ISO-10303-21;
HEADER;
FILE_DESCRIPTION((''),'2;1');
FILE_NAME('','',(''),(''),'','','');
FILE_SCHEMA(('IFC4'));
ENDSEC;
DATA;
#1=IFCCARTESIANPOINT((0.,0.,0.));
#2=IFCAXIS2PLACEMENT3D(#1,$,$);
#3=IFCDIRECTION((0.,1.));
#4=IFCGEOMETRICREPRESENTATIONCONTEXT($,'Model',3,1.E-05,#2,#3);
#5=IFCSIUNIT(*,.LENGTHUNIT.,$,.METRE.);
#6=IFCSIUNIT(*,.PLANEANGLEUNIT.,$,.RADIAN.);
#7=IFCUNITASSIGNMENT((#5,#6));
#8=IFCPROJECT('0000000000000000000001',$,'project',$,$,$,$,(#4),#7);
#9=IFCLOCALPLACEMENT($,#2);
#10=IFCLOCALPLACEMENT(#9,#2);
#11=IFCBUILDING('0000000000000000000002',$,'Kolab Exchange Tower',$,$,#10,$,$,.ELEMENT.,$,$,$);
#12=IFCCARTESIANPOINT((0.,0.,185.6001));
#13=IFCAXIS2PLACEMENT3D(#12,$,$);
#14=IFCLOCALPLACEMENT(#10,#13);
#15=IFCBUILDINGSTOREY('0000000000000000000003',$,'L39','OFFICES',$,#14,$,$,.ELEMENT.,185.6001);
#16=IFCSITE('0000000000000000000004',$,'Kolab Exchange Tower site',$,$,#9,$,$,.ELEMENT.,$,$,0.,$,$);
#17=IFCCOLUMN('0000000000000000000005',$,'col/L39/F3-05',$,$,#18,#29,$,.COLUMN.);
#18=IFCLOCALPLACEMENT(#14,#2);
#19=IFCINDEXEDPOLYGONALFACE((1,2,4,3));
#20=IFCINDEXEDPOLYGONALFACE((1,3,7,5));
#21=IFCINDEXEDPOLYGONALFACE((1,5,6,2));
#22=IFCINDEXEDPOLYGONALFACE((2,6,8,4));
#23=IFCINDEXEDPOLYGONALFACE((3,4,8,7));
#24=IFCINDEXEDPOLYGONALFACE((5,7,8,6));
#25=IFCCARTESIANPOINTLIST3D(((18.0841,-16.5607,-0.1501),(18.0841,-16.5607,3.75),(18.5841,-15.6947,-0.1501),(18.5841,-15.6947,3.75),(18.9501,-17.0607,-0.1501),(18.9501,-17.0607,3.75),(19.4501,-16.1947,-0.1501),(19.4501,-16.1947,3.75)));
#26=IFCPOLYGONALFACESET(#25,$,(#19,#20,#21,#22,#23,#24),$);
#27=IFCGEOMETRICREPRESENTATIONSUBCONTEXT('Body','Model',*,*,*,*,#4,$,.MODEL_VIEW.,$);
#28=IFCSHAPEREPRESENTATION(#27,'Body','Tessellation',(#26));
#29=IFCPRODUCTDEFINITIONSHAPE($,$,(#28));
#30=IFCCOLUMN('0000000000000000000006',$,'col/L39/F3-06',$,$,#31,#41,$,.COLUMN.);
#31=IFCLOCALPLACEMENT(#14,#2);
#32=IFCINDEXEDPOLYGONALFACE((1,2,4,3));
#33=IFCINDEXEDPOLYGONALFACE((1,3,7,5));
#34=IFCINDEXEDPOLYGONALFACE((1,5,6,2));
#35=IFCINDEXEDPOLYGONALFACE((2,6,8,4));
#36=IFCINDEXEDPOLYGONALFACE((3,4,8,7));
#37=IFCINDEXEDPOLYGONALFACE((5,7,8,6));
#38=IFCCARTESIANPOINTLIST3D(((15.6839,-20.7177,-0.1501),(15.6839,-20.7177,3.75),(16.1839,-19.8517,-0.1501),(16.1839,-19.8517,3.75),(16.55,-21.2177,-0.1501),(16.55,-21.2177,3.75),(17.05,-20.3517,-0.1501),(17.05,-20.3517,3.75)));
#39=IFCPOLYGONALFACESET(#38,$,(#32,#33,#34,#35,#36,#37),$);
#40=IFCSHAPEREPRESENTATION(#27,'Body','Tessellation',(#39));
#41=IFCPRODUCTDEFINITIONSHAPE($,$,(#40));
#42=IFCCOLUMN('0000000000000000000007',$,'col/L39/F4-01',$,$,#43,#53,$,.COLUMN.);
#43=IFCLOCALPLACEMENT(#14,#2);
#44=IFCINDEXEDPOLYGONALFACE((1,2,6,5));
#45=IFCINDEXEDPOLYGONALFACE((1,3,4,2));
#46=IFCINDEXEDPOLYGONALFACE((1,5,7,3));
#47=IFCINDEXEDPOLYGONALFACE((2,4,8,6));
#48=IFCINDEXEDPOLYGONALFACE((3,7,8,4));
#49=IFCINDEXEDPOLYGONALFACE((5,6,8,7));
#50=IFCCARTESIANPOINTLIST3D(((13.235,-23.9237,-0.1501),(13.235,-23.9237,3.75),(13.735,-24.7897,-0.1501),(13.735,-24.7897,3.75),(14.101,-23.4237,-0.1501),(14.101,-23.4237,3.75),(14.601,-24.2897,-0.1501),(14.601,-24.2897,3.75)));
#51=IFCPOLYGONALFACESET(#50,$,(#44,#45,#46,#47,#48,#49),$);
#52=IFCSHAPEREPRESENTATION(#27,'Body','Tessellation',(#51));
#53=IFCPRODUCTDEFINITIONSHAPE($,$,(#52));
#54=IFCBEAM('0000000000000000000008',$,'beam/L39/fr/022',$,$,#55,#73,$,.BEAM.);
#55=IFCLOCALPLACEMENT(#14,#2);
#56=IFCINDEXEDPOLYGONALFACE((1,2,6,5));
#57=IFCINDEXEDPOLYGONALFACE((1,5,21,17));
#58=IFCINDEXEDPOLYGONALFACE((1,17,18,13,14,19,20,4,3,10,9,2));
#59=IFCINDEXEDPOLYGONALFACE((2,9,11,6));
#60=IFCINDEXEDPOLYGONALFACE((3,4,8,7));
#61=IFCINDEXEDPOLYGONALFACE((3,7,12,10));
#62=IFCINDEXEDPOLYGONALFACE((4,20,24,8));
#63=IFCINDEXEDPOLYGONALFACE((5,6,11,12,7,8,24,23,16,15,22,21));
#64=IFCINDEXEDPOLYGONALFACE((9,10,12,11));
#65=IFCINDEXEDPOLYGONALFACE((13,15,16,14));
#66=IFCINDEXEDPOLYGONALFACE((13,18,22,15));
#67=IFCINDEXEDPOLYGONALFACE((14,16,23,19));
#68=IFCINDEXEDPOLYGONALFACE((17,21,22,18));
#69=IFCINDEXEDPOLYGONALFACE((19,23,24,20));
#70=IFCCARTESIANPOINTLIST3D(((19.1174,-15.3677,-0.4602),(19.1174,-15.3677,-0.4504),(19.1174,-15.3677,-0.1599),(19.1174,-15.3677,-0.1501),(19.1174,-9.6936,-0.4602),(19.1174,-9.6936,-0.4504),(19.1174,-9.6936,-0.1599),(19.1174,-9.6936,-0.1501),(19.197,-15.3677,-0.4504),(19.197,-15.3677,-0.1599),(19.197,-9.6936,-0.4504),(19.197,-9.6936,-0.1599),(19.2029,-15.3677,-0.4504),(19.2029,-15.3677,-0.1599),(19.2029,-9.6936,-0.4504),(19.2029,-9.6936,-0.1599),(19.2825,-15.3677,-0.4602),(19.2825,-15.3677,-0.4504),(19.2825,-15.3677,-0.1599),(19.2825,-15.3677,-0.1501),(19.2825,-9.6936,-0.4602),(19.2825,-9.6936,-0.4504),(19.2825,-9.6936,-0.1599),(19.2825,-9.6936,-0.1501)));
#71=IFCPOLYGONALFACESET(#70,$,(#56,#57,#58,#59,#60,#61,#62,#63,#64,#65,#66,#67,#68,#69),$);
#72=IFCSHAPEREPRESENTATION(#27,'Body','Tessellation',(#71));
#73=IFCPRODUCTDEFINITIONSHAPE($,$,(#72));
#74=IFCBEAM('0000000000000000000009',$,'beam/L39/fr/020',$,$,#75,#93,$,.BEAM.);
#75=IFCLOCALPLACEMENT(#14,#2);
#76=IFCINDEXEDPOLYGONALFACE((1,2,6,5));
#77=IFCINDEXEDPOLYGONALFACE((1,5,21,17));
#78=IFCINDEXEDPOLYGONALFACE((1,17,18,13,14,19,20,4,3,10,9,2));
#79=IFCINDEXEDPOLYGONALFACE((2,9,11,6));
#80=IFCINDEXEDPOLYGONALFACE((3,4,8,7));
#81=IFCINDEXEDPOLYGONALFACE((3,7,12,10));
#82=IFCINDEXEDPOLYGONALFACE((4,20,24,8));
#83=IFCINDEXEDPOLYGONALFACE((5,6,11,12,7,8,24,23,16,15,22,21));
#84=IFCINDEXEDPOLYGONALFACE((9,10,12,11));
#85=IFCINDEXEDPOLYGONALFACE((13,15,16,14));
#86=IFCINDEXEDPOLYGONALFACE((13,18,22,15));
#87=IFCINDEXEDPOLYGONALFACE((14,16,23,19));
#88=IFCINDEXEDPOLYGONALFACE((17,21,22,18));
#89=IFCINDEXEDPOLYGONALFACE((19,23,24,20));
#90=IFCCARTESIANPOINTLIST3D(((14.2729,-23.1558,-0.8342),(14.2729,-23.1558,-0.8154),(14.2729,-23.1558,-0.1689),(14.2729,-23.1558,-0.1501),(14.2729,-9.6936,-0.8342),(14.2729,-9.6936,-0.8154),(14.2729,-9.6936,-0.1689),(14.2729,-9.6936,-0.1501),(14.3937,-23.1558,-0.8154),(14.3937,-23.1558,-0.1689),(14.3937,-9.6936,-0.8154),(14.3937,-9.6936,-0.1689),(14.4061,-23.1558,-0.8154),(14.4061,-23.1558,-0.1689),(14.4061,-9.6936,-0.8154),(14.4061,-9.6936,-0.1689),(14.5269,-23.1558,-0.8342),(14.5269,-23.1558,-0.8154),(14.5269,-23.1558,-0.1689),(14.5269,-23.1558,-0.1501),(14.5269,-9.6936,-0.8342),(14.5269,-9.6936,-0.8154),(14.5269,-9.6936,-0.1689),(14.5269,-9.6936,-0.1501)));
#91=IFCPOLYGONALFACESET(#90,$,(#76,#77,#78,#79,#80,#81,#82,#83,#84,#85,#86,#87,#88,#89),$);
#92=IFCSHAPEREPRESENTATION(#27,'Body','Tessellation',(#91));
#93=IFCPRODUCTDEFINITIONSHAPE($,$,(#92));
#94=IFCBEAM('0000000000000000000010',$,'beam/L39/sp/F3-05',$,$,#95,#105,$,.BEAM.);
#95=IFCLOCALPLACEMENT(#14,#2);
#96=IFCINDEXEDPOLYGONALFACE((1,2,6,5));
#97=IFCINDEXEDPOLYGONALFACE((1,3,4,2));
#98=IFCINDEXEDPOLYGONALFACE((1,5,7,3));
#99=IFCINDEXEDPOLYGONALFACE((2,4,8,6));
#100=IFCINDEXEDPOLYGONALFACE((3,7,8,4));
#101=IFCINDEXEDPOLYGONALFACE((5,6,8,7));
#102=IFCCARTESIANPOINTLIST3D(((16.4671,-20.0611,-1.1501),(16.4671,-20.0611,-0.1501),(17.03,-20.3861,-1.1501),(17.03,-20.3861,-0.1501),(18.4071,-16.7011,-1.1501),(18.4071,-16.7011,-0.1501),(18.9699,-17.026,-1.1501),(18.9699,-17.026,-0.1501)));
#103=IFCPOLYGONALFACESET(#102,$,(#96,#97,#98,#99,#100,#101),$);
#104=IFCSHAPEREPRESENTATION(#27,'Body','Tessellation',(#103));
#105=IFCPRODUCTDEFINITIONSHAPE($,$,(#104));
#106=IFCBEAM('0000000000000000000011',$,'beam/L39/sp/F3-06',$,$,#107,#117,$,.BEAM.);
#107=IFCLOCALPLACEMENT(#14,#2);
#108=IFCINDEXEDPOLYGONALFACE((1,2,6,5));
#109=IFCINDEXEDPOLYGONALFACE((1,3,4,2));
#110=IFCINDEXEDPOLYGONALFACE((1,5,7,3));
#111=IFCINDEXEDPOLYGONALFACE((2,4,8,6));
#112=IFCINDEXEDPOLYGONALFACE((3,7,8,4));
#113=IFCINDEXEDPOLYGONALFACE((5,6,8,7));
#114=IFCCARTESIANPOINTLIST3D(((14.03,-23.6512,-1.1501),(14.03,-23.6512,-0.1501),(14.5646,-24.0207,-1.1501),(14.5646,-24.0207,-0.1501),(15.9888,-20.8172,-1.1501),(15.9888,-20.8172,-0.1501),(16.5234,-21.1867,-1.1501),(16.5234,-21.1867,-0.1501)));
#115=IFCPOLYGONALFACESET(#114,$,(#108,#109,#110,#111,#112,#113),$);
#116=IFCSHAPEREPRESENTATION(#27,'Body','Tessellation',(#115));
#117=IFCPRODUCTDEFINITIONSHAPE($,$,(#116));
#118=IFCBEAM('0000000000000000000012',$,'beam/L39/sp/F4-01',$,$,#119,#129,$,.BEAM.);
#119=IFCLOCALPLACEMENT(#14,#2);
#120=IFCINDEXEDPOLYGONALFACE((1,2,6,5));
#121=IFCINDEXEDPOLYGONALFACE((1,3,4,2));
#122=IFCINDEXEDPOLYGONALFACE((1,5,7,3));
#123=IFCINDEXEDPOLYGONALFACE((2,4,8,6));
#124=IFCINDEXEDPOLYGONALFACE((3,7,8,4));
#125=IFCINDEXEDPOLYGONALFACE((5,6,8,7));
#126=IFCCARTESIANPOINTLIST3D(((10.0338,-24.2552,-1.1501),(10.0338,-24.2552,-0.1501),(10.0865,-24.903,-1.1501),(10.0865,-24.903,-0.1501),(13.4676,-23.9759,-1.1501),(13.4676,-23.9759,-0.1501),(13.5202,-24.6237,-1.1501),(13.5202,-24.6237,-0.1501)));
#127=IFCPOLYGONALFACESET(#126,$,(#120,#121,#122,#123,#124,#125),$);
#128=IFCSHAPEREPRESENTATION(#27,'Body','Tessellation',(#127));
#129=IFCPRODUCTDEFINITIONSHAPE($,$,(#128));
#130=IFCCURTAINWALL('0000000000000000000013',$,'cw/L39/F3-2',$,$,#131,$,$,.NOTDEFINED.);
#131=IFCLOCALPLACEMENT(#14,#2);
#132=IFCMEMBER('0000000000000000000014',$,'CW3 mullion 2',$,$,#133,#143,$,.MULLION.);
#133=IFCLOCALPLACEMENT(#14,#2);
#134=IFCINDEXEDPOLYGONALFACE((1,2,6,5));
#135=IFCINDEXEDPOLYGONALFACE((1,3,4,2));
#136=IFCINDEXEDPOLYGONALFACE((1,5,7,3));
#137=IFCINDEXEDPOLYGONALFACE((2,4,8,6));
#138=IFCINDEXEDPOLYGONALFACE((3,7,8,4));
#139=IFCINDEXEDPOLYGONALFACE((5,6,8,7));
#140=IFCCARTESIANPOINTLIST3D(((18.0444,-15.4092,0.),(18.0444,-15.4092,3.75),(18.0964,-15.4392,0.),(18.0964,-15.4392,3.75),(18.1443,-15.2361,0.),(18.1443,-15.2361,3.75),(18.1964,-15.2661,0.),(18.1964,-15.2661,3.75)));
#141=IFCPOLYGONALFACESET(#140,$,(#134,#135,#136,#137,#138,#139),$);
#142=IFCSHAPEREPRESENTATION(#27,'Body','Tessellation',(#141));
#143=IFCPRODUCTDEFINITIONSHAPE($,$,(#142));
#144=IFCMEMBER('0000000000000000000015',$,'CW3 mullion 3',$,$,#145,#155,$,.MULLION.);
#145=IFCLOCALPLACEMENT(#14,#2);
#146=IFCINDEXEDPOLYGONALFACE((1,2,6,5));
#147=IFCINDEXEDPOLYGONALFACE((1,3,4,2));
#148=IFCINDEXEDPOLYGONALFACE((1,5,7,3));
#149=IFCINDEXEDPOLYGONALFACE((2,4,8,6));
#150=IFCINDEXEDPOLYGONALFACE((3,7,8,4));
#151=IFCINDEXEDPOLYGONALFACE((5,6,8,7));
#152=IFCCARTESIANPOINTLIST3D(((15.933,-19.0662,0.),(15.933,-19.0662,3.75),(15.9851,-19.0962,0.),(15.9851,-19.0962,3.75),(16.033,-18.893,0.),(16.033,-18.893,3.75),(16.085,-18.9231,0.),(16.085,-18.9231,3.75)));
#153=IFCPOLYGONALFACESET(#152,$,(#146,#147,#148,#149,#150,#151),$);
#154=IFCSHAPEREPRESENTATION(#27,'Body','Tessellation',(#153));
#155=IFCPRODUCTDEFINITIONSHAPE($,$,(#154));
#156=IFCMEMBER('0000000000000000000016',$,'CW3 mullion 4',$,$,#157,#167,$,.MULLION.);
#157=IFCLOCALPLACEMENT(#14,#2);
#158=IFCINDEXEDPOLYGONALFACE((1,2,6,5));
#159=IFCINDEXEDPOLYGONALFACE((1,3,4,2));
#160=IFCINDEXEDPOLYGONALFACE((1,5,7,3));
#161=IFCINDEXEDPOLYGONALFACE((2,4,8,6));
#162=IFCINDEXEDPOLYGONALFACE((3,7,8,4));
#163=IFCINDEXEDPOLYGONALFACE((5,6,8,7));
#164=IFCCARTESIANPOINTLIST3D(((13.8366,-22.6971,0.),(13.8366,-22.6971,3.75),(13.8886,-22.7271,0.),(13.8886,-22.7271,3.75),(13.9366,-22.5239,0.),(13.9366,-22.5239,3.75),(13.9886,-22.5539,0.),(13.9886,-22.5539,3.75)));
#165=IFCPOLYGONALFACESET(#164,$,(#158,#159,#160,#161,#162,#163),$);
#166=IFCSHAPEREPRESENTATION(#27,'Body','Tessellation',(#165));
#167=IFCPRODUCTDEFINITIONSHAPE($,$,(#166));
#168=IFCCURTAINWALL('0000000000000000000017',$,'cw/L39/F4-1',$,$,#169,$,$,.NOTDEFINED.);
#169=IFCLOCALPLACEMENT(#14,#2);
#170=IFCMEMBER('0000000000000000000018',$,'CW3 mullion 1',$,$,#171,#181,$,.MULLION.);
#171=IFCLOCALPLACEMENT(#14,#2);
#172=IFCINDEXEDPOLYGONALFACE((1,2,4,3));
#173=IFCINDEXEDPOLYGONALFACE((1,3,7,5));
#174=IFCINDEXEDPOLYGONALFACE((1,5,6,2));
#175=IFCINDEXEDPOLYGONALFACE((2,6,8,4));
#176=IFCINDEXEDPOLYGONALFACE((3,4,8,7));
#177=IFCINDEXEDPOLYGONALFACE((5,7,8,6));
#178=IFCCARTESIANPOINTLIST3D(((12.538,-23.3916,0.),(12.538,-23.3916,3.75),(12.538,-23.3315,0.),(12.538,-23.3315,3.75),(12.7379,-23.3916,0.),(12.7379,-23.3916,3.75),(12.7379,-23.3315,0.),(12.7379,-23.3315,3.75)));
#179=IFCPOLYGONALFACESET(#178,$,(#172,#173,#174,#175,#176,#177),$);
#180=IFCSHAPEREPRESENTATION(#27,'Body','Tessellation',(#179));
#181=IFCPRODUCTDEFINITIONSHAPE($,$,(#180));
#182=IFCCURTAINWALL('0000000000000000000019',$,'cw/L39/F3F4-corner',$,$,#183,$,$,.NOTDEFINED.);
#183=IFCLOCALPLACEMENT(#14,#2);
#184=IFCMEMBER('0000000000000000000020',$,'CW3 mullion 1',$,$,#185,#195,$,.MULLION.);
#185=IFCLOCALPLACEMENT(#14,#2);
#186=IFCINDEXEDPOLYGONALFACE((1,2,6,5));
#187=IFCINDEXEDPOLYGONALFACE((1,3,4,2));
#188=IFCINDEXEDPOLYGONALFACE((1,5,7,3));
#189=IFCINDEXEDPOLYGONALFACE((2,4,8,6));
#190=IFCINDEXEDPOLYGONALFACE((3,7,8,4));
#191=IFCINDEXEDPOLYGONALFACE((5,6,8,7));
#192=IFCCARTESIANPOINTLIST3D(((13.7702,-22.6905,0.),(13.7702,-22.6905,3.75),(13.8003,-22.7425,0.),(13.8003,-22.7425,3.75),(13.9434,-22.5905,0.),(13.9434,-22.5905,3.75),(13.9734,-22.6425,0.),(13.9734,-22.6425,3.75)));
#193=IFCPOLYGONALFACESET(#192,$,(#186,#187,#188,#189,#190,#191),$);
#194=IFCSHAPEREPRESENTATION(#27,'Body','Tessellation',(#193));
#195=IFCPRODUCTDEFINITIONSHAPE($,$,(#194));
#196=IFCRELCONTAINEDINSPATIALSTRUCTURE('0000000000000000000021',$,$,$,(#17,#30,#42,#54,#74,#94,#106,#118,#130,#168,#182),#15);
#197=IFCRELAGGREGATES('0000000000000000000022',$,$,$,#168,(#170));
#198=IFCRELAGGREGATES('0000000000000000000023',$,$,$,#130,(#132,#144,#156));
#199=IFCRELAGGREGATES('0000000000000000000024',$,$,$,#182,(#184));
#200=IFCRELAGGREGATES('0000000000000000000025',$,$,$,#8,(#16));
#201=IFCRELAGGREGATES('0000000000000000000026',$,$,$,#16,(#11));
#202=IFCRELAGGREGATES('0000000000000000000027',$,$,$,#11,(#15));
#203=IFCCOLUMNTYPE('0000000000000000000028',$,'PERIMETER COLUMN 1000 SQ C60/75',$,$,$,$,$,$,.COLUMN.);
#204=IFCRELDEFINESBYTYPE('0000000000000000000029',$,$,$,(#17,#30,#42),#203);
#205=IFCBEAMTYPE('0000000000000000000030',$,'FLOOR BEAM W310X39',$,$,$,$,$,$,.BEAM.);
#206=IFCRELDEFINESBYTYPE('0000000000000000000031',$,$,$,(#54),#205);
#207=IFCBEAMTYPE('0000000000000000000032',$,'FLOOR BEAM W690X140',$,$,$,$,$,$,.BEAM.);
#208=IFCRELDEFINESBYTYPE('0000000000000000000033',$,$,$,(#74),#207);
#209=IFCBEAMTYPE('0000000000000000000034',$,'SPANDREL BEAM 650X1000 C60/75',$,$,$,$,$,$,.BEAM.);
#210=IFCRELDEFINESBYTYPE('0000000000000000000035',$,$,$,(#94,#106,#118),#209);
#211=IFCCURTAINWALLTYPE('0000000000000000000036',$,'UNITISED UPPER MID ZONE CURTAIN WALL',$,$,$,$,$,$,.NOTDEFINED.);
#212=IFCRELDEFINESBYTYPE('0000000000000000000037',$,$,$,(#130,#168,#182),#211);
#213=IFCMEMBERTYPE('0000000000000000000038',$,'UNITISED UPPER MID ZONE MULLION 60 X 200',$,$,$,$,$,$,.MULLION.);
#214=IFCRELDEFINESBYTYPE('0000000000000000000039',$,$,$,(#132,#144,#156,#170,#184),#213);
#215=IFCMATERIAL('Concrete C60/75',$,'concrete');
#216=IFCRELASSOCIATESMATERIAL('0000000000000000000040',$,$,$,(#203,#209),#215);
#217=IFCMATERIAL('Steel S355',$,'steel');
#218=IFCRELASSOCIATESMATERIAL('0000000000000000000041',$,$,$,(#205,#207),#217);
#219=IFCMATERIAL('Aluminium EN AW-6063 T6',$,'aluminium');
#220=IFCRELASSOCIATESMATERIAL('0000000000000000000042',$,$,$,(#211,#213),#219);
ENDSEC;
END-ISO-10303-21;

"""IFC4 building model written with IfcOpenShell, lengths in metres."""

from ifc_helpers import new_model, si_unit, direction, frame, origin, origin_2d, place, context, subcontext, project, spatial, rectangle, i_section, extrude, material, material_profile, profile_set, type_object, element, aggregate, save


model = new_model("IFC4")

# Units and contexts
model_context = context("Model", 3, precision=1e-05, world=origin(), true_north=direction((0.0, 1.0)))
body_context = subcontext(model_context, "Body", "Model", "MODEL_VIEW")
ifc_project = project(units=[si_unit("LENGTHUNIT", "METRE"), si_unit("PLANEANGLEUNIT", "RADIAN")], contexts=[model_context])

# Site, building, storey
site_placement = place(None, origin())
site = spatial("IfcSite", under=ifc_project, at=site_placement, Name="Kolab Exchange Tower site", CompositionType="ELEMENT", RefElevation=0.0)
building_placement = place(site_placement, origin())
building = spatial("IfcBuilding", under=site, at=building_placement, Name="Kolab Exchange Tower", CompositionType="ELEMENT")
storey_placement = place(building_placement, frame((0.0, 0.0, 185.6001)))
storey = spatial("IfcBuildingStorey", under=building, at=storey_placement, Name="L39", Description="OFFICES", CompositionType="ELEMENT", Elevation=185.6001)

# Columns
ifc_material_1 = material(Name="Concrete C60/75", Category="concrete")
ifc_material_profile_1 = material_profile(ifc_material_1, rectangle(XDim=1.0, YDim=1.0, at=origin_2d()), Name="RC1000")
ifc_profile_set_1 = profile_set([ifc_material_profile_1], Name="Concrete C60/75")
column_type = type_object("IfcColumnType", Name="PERIMETER COLUMN 1000 SQ C60/75", PredefinedType="COLUMN", material=ifc_profile_set_1)
for number, where, z_axis, x_axis, name in (
    (1, (18.7671, -16.3777, -0.1501), (0.0, 0.0, 1.0), (0.5, 0.866025, 0.0), "col/L39/F3-05"),
    (2, (16.3669, -20.5347, -0.1501), (0.0, 0.0, 1.0), (0.5, 0.866025, 0.0), "col/L39/F3-06"),
    (3, (13.918, -24.1067, -0.1501), (0.0, 0.0, 1.0), (0.866025, 0.5, 0.0), "col/L39/F4-01"),
):
    element("IfcColumn", number, at=place(storey_placement, frame(where, z_axis=z_axis, x_axis=x_axis)), inside=storey, type_object=column_type, Name=name, PredefinedType="COLUMN", context=body_context, shape_type="SweptSolid", body=[
        extrude(rectangle(XDim=1.0, YDim=1.0, at=origin_2d()), origin(), (0.0, 0.0, 1.0), 3.9001),
    ])

# Beams
ifc_material_2 = material(Name="Steel S355", Category="steel")
ifc_material_profile_2 = material_profile(ifc_material_2, i_section(OverallWidth=0.165, OverallDepth=0.3101, WebThickness=0.0059, FlangeThickness=0.0098, at=origin_2d()), Name="W310X39")
ifc_profile_set_2 = profile_set([ifc_material_profile_2], Name="Steel S355")
beam_type_1 = type_object("IfcBeamType", Name="FLOOR BEAM W310X39", PredefinedType="BEAM", material=ifc_profile_set_2)
beam_1_placement = place(storey_placement, frame((19.2, -15.3677, -0.3052), z_axis=(0.0, 1.0, 0.0), x_axis=(-1.0, 0.0, 0.0)))
element("IfcBeam", 4, at=beam_1_placement, inside=storey, type_object=beam_type_1, Name="beam/L39/fr/022", PredefinedType="BEAM", context=body_context, shape_type="SweptSolid", body=[
    extrude(i_section(OverallWidth=0.165, OverallDepth=0.3101, WebThickness=0.0059, FlangeThickness=0.0098, at=origin_2d()), origin(), (0.0, 0.0, 1.0), 5.6741),
])
ifc_material_profile_3 = material_profile(ifc_material_2, i_section(OverallWidth=0.2539, OverallDepth=0.6841, WebThickness=0.0125, FlangeThickness=0.0188, at=origin_2d()), Name="W690X140")
ifc_profile_set_3 = profile_set([ifc_material_profile_3], Name="Steel S355")
beam_type_2 = type_object("IfcBeamType", Name="FLOOR BEAM W690X140", PredefinedType="BEAM", material=ifc_profile_set_3)
beam_2_placement = place(storey_placement, frame((14.3999, -23.1558, -0.4922), z_axis=(0.0, 1.0, 0.0), x_axis=(-1.0, 0.0, 0.0)))
element("IfcBeam", 5, at=beam_2_placement, inside=storey, type_object=beam_type_2, Name="beam/L39/fr/020", PredefinedType="BEAM", context=body_context, shape_type="SweptSolid", body=[
    extrude(i_section(OverallWidth=0.2539, OverallDepth=0.6841, WebThickness=0.0125, FlangeThickness=0.0188, at=origin_2d()), origin(), (0.0, 0.0, 1.0), 13.4622),
])
ifc_material_profile_4 = material_profile(ifc_material_1, rectangle(XDim=0.6499, YDim=1.0, at=origin_2d()), Name="RC650X1000")
ifc_profile_set_4 = profile_set([ifc_material_profile_4], Name="Concrete C60/75")
beam_type_3 = type_object("IfcBeamType", Name="SPANDREL BEAM 650X1000 C60/75", PredefinedType="BEAM", material=ifc_profile_set_4)
beam_3_placement = place(storey_placement, frame((18.6885, -16.8635, -0.6501), z_axis=(-0.499997, -0.866027, 0.0), x_axis=(0.866027, -0.499997, 0.0)))
element("IfcBeam", 6, at=beam_3_placement, inside=storey, type_object=beam_type_3, Name="beam/L39/sp/F3-05", PredefinedType="BEAM", context=body_context, shape_type="SweptSolid", body=[
    extrude(rectangle(XDim=0.6499, YDim=1.0, at=origin_2d()), origin(), (0.0, 0.0, 1.0), 3.8799),
])
for number, where, z_axis, x_axis, name in (
    (7, (16.2561, -21.002, -0.6501), (-0.568572, -0.822633, 0.0), (0.822633, -0.568572, 0.0), "beam/L39/sp/F3-06"),
    (8, (13.4939, -24.2998, -0.6501), (-0.996708, -0.081069, 0.0), (0.081069, -0.996708, 0.0), "beam/L39/sp/F4-01"),
):
    element("IfcBeam", number, at=place(storey_placement, frame(where, z_axis=z_axis, x_axis=x_axis)), inside=storey, type_object=beam_type_3, Name=name, PredefinedType="BEAM", context=body_context, shape_type="SweptSolid", body=[
        extrude(rectangle(XDim=0.6499, YDim=1.0, at=origin_2d()), origin(), (0.0, 0.0, 1.0), 3.4451),
    ])

# Curtain wall, members
ifc_material_3 = material(Name="Aluminium EN AW-6063 T6", Category="aluminium")
curtain_wall_type = type_object("IfcCurtainWallType", Name="UNITISED UPPER MID ZONE CURTAIN WALL", PredefinedType="NOTDEFINED", material=ifc_material_3)
curtain_wall_1_placement = place(storey_placement, origin())
curtain_wall_1 = element("IfcCurtainWall", 9, at=curtain_wall_1_placement, inside=storey, type_object=curtain_wall_type, Name="cw/L39/F3-2", PredefinedType="NOTDEFINED")
ifc_material_profile_5 = material_profile(ifc_material_3, rectangle(XDim=0.0601, YDim=0.2, at=origin_2d()), Name="RECT 60X200")
ifc_profile_set_5 = profile_set([ifc_material_profile_5], Name="Aluminium EN AW-6063 T6")
member_type_1 = type_object("IfcMemberType", Name="UNITISED UPPER MID ZONE MULLION 60 X 200", PredefinedType="MULLION", material=ifc_profile_set_5)
member_1_placement = place(storey_placement, frame((18.1204, -15.3376, 0.0), z_axis=(0.0, 0.0, 1.0), x_axis=(0.866025, -0.5, 0.0)))
member_1 = element("IfcMember", 10, at=member_1_placement, type_object=member_type_1, Name="CW3 mullion 2", PredefinedType="MULLION", context=body_context, shape_type="SweptSolid", body=[
    extrude(rectangle(XDim=0.0601, YDim=0.2, at=origin_2d()), origin(), (0.0, 0.0, 1.0), 3.75),
])
member_2_placement = place(storey_placement, frame((16.009, -18.9946, 0.0), z_axis=(0.0, 0.0, 1.0), x_axis=(0.866025, -0.5, 0.0)))
member_2 = element("IfcMember", 11, at=member_2_placement, type_object=member_type_1, Name="CW3 mullion 3", PredefinedType="MULLION", context=body_context, shape_type="SweptSolid", body=[
    extrude(rectangle(XDim=0.0601, YDim=0.2, at=origin_2d()), origin(), (0.0, 0.0, 1.0), 3.75),
])
member_3_placement = place(storey_placement, frame((13.9126, -22.6255, 0.0), z_axis=(0.0, 0.0, 1.0), x_axis=(0.866025, -0.5, 0.0)))
member_3 = element("IfcMember", 12, at=member_3_placement, type_object=member_type_1, Name="CW3 mullion 4", PredefinedType="MULLION", context=body_context, shape_type="SweptSolid", body=[
    extrude(rectangle(XDim=0.0601, YDim=0.2, at=origin_2d()), origin(), (0.0, 0.0, 1.0), 3.75),
])

# Curtain wall, member
curtain_wall_2_placement = place(storey_placement, origin())
curtain_wall_2 = element("IfcCurtainWall", 13, at=curtain_wall_2_placement, inside=storey, type_object=curtain_wall_type, Name="cw/L39/F4-1", PredefinedType="NOTDEFINED")
member_4_placement = place(storey_placement, frame((12.6379, -23.3616, 0.0), z_axis=(0.0, 0.0, 1.0), x_axis=(0.0, -1.0, 0.0)))
member_4 = element("IfcMember", 14, at=member_4_placement, type_object=member_type_1, Name="CW3 mullion 1", PredefinedType="MULLION", context=body_context, shape_type="SweptSolid", body=[
    extrude(rectangle(XDim=0.0601, YDim=0.2, at=origin_2d()), origin(), (0.0, 0.0, 1.0), 3.75),
])
aggregate(curtain_wall_2, [member_4])

# Curtain wall, member
curtain_wall_3_placement = place(storey_placement, origin())
curtain_wall_3 = element("IfcCurtainWall", 15, at=curtain_wall_3_placement, inside=storey, type_object=curtain_wall_type, Name="cw/L39/F3F4-corner", PredefinedType="NOTDEFINED")
member_5_placement = place(storey_placement, frame((13.8718, -22.6665, 0.0), z_axis=(0.0, 0.0, 1.0), x_axis=(0.5, -0.866025, 0.0)))
member_5 = element("IfcMember", 16, at=member_5_placement, type_object=member_type_1, Name="CW3 mullion 1", PredefinedType="MULLION", context=body_context, shape_type="SweptSolid", body=[
    extrude(rectangle(XDim=0.0601, YDim=0.2, at=origin_2d()), origin(), (0.0, 0.0, 1.0), 3.75),
])

aggregate(curtain_wall_1, [member_1, member_2, member_3])
aggregate(curtain_wall_3, [member_5])

save(model, "model.ifc")
